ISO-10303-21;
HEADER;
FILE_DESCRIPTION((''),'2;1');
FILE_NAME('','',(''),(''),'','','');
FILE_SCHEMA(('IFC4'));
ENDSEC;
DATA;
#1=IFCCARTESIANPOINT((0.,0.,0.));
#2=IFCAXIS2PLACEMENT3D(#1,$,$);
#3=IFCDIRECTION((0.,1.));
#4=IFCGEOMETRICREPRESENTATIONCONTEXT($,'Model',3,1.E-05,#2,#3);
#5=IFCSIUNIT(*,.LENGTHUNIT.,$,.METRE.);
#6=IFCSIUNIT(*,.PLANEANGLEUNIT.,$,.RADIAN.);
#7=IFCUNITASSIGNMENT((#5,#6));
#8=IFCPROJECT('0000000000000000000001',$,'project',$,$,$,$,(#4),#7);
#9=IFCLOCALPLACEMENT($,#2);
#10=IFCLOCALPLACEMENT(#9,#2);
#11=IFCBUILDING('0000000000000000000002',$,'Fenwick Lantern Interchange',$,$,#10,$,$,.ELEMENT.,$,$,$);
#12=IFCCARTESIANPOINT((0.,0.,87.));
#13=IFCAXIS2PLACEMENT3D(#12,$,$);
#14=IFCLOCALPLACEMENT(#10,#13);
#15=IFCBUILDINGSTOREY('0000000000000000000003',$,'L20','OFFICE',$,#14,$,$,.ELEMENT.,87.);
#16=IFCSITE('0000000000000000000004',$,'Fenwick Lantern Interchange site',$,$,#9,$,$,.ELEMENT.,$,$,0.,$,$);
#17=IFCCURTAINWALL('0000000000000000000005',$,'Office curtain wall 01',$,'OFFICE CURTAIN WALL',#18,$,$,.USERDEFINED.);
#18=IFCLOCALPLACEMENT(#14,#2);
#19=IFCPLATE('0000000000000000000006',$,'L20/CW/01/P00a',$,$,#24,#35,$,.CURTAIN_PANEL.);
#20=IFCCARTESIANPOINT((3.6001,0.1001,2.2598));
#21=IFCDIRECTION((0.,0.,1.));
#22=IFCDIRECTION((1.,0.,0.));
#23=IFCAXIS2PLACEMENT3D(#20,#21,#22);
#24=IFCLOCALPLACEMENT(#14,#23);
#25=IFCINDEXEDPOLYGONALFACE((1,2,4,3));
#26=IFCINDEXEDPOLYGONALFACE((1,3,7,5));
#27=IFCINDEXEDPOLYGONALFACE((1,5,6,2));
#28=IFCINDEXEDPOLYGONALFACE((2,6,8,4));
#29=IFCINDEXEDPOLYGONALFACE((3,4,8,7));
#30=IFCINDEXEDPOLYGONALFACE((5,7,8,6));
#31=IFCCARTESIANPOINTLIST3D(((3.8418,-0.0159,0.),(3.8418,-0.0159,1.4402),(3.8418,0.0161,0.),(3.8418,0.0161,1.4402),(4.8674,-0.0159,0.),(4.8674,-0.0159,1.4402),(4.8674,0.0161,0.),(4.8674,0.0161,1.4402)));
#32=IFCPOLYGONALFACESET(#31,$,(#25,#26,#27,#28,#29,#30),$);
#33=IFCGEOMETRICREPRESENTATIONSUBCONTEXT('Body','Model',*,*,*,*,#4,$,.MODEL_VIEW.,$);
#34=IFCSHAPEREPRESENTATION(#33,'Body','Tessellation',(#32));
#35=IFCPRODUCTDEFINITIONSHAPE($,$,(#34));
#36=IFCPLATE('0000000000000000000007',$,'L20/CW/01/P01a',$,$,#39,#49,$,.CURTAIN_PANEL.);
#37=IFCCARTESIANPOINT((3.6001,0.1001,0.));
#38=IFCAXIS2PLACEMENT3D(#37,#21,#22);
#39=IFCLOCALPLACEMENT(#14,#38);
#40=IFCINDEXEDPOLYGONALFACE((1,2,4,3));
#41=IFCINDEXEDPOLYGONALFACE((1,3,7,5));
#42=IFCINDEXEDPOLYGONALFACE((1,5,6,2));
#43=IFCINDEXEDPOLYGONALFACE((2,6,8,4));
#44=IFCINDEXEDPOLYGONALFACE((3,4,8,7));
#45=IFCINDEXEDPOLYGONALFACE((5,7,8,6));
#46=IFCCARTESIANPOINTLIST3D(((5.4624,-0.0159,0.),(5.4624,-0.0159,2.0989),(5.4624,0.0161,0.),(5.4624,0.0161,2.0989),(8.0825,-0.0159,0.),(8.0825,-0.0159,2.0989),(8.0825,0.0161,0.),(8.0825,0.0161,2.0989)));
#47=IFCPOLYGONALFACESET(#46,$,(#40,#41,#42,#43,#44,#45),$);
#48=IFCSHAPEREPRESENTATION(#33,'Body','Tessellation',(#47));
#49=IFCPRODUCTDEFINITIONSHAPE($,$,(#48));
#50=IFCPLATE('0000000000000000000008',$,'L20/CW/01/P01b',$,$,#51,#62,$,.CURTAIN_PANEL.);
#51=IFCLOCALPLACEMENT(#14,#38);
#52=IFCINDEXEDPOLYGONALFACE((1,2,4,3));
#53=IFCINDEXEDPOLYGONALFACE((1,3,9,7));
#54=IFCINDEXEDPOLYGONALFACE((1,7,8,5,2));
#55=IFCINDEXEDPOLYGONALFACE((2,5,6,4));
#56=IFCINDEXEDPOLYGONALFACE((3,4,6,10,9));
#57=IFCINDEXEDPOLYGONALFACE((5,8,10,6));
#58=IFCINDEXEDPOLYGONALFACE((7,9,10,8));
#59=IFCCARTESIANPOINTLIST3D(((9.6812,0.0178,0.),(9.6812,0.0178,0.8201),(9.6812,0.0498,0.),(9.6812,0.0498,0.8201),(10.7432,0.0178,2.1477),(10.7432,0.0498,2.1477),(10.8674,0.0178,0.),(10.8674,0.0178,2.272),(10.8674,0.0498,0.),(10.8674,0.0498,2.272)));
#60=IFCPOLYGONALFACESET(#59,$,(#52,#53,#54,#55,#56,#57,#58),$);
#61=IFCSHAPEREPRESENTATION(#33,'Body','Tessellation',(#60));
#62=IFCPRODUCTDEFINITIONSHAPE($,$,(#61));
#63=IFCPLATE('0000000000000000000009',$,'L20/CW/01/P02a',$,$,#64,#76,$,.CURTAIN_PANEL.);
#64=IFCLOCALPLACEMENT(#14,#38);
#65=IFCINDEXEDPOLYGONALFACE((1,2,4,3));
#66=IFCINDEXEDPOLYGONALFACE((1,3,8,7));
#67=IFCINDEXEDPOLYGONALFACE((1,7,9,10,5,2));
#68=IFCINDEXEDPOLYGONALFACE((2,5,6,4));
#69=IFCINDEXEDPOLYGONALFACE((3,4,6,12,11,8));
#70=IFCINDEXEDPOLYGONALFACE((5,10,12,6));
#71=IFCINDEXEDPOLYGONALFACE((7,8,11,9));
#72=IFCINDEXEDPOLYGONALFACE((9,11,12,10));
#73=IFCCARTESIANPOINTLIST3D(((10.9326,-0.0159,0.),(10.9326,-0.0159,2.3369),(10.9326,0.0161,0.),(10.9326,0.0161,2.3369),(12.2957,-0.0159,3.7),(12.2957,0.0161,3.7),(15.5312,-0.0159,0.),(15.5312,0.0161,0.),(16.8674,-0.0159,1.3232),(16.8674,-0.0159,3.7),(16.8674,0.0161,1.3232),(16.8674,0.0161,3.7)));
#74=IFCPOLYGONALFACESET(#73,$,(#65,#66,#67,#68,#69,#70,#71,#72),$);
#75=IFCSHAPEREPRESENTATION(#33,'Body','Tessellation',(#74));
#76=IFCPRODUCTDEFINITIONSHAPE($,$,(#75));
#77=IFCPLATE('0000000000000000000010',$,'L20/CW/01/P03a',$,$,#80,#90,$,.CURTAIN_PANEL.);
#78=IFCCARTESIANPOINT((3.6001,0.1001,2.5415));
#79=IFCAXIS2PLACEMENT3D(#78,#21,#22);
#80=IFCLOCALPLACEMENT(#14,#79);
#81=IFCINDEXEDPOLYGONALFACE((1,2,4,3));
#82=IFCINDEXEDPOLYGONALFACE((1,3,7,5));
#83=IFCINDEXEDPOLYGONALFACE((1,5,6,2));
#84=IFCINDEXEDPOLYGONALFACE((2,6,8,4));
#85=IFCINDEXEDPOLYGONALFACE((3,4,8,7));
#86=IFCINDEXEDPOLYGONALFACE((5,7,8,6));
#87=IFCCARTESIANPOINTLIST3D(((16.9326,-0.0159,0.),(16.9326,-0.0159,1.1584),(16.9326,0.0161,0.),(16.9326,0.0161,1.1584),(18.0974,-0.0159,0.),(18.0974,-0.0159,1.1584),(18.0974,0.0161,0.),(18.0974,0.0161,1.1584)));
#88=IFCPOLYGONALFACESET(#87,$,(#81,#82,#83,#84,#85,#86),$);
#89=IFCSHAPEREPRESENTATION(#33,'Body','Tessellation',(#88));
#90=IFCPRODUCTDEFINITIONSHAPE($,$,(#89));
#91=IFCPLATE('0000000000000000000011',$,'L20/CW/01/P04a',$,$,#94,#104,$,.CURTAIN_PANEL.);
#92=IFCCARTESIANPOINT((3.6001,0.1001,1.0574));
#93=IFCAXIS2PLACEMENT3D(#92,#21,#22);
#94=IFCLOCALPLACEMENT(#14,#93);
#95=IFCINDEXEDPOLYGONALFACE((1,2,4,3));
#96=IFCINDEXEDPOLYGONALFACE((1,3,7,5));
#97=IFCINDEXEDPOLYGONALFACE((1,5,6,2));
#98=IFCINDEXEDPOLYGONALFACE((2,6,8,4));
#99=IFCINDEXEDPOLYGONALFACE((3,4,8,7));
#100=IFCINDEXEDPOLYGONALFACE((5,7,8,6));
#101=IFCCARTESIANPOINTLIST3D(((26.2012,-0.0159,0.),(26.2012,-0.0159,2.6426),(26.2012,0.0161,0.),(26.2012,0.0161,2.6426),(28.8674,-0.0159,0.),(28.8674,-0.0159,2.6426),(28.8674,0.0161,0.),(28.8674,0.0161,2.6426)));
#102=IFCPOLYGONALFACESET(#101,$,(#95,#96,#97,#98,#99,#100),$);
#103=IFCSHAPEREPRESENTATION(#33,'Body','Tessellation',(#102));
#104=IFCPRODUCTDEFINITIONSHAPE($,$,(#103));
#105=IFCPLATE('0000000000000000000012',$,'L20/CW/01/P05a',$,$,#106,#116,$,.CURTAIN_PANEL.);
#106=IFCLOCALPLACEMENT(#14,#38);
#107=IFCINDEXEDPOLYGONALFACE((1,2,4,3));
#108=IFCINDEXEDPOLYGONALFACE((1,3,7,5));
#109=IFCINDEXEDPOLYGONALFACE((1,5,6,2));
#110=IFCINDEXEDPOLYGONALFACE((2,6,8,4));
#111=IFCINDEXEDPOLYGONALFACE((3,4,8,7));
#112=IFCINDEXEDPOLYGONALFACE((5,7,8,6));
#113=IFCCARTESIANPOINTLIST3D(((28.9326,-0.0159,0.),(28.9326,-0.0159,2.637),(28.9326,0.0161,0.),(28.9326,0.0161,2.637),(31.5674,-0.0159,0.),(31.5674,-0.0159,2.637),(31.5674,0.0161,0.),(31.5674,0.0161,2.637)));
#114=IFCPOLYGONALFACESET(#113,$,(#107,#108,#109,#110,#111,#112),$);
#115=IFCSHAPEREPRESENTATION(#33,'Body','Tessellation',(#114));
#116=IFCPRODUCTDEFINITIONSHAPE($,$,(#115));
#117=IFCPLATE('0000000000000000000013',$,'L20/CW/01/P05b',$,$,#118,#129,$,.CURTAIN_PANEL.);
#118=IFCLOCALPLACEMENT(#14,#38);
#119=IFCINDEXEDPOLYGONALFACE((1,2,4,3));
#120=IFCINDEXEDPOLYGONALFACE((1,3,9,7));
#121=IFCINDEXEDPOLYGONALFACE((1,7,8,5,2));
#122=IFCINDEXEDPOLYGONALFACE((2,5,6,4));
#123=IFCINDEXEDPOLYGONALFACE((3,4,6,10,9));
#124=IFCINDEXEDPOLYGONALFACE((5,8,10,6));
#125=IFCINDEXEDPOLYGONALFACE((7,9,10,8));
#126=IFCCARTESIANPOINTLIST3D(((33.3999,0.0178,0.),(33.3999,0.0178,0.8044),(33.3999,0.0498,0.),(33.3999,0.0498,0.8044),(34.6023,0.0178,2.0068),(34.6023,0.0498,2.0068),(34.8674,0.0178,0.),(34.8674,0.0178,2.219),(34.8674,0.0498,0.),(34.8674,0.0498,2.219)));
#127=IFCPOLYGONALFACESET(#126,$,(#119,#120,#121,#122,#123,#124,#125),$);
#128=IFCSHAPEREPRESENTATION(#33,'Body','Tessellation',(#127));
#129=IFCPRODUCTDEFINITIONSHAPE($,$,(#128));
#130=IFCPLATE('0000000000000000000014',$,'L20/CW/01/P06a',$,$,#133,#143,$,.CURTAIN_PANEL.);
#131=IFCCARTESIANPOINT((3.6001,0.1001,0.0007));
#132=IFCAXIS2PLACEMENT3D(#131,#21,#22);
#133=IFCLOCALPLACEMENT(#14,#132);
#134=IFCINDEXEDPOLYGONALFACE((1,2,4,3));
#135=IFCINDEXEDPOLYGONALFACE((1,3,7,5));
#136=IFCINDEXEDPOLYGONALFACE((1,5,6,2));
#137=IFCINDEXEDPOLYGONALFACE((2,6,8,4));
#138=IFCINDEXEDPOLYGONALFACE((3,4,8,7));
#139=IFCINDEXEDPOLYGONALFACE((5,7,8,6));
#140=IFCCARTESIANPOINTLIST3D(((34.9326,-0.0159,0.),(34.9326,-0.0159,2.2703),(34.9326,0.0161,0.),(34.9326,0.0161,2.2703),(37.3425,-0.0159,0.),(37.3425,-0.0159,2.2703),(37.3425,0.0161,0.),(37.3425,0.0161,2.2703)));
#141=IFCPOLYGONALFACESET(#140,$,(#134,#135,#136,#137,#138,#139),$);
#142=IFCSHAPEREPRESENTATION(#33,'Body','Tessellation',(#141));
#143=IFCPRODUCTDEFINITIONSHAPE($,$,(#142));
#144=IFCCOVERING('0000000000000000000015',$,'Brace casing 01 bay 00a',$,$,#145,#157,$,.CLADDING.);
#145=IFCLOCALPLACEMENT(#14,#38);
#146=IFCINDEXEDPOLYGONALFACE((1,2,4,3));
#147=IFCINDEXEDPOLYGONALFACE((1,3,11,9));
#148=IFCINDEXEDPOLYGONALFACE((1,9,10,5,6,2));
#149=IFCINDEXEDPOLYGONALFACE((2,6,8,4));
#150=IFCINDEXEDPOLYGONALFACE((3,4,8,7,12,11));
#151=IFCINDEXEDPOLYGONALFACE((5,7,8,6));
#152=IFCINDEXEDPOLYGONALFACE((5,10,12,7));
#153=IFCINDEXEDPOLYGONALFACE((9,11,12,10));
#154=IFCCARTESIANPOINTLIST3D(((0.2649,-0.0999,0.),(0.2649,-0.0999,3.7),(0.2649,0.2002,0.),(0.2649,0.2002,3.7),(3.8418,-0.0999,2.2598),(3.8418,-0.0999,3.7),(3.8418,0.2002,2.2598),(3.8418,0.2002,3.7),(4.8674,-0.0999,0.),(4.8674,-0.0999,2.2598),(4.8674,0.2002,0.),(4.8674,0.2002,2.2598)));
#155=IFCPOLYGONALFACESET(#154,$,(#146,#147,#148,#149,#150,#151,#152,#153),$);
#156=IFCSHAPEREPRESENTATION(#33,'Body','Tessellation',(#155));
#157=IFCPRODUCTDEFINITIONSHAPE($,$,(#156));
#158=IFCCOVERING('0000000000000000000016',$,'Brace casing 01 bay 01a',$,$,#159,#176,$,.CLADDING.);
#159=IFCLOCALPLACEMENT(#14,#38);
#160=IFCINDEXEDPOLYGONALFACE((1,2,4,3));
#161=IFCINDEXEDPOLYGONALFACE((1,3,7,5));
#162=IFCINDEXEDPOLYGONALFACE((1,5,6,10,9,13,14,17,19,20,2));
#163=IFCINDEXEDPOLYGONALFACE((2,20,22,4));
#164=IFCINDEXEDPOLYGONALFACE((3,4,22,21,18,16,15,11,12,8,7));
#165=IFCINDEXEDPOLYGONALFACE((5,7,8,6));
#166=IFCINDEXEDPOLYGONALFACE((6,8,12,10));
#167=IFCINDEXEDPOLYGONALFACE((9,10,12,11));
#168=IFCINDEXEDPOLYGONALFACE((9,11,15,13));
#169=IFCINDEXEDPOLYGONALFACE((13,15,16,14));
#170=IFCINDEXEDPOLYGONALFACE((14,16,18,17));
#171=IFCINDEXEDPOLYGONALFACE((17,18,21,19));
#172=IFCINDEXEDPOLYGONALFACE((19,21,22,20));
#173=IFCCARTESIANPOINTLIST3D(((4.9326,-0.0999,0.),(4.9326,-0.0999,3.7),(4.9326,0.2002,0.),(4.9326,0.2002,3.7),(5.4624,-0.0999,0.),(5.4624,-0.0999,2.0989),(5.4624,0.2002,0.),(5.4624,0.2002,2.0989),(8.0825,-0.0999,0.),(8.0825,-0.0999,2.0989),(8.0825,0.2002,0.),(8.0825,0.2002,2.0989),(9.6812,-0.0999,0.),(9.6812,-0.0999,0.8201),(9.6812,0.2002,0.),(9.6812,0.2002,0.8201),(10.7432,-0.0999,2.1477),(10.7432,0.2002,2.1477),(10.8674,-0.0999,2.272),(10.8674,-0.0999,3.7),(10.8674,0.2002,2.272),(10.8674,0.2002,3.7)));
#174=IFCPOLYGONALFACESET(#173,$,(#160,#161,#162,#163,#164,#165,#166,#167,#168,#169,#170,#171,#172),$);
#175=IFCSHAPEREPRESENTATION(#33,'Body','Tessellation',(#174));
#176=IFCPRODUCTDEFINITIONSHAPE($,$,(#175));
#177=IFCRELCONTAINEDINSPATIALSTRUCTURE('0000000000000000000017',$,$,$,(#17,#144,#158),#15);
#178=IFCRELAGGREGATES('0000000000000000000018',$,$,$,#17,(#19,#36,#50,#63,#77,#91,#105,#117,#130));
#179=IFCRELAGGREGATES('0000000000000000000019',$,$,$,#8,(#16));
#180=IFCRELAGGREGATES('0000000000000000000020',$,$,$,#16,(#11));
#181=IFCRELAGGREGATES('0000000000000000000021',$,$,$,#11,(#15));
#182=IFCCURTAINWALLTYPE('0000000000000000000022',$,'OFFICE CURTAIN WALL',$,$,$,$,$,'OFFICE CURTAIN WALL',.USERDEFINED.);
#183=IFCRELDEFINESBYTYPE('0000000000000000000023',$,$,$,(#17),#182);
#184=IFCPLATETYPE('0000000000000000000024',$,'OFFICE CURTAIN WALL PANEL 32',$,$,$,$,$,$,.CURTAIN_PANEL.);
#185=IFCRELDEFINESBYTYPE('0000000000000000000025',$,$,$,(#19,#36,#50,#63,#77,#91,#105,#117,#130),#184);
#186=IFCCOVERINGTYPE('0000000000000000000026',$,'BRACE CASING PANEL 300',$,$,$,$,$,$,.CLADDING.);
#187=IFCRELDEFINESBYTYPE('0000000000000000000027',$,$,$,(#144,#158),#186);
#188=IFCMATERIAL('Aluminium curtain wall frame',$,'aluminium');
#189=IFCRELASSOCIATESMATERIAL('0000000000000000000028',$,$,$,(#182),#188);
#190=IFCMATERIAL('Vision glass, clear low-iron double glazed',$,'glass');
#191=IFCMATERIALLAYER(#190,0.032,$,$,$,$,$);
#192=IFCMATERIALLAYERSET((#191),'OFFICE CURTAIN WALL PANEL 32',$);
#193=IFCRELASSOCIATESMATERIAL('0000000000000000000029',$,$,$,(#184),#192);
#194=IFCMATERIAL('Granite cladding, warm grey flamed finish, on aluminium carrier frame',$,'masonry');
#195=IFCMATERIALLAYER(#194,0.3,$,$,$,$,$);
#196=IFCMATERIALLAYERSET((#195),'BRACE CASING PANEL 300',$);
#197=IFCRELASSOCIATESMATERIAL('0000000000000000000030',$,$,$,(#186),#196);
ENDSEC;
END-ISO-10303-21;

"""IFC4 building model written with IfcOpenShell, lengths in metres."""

from ifc_helpers import new_model, si_unit, direction, frame, origin, place, context, subcontext, project, spatial, polyline, outline, extrude, material, layer, layer_set, type_object, element, aggregate, save


model = new_model("IFC4")

# Units and contexts
model_context = context("Model", 3, precision=1e-05, world=origin(), true_north=direction((0.0, 1.0)))
body_context = subcontext(model_context, "Body", "Model", "MODEL_VIEW")
ifc_project = project(units=[si_unit("LENGTHUNIT", "METRE"), si_unit("PLANEANGLEUNIT", "RADIAN")], contexts=[model_context])

# Site, building, storey
site_placement = place(None, origin())
site = spatial("IfcSite", under=ifc_project, at=site_placement, Name="Fenwick Lantern Interchange site", CompositionType="ELEMENT", RefElevation=0.0)
building_placement = place(site_placement, origin())
building = spatial("IfcBuilding", under=site, at=building_placement, Name="Fenwick Lantern Interchange", CompositionType="ELEMENT")
storey_placement = place(building_placement, frame((0.0, 0.0, 87.0)))
storey = spatial("IfcBuildingStorey", under=building, at=storey_placement, Name="L20", Description="OFFICE", CompositionType="ELEMENT", Elevation=87.0)

# Curtain wall
ifc_material_1 = material(Name="Aluminium curtain wall frame", Category="aluminium")
curtain_wall_type = type_object("IfcCurtainWallType", Name="OFFICE CURTAIN WALL", ElementType="OFFICE CURTAIN WALL", PredefinedType="USERDEFINED", material=ifc_material_1)
curtain_wall_1_placement = place(storey_placement, origin())
curtain_wall_1 = element("IfcCurtainWall", 1, at=curtain_wall_1_placement, inside=storey, type_object=curtain_wall_type, Name="Office curtain wall 01", ObjectType="OFFICE CURTAIN WALL", PredefinedType="USERDEFINED")

# Plates
ifc_material_2 = material(Name="Vision glass, clear low-iron double glazed", Category="glass")
ifc_layer_1 = layer(ifc_material_2, 0.032)
ifc_layer_set_1 = layer_set([ifc_layer_1], Name="OFFICE CURTAIN WALL PANEL 32")
plate_type = type_object("IfcPlateType", Name="OFFICE CURTAIN WALL PANEL 32", PredefinedType="CURTAIN_PANEL", material=ifc_layer_set_1)
plate_1_placement = place(storey_placement, frame((3.6001, 0.1001, 2.2598), z_axis=(0.0, 0.0, 1.0), x_axis=(1.0, 0.0, 0.0)))
plate_1 = element("IfcPlate", 2, at=plate_1_placement, type_object=plate_type, Name="L20/CW/01/P00a", PredefinedType="CURTAIN_PANEL", context=body_context, shape_type="SweptSolid", body=[
    extrude(outline(polyline([(3.8418, 0.0), (4.8674, 0.0), (4.8674, 1.4402), (3.8418, 1.4402), (3.8418, 0.0)])), frame((0.0, 0.0161, 0.0), z_axis=(0.0, -1.0, 0.0), x_axis=(1.0, 0.0, 0.0)), (0.0, 0.0, 1.0), 0.032),
])
plate_2_placement = place(storey_placement, frame((3.6001, 0.1001, 0.0), z_axis=(0.0, 0.0, 1.0), x_axis=(1.0, 0.0, 0.0)))
plate_2 = element("IfcPlate", 3, at=plate_2_placement, type_object=plate_type, Name="L20/CW/01/P01a", PredefinedType="CURTAIN_PANEL", context=body_context, shape_type="SweptSolid", body=[
    extrude(outline(polyline([(5.4624, 0.0), (8.0825, 0.0), (8.0825, 2.0989), (5.4624, 2.0989), (5.4624, 0.0)])), frame((0.0, 0.0161, 0.0), z_axis=(0.0, -1.0, 0.0), x_axis=(1.0, 0.0, 0.0)), (0.0, 0.0, 1.0), 0.032),
])
plate_3_placement = place(storey_placement, frame((3.6001, 0.1001, 0.0), z_axis=(0.0, 0.0, 1.0), x_axis=(1.0, 0.0, 0.0)))
plate_3 = element("IfcPlate", 4, at=plate_3_placement, type_object=plate_type, Name="L20/CW/01/P01b", PredefinedType="CURTAIN_PANEL", context=body_context, shape_type="SweptSolid", body=[
    extrude(outline(polyline([(9.6812, 0.0), (10.8674, 0.0), (10.8674, 2.272), (10.7432, 2.1477), (9.6812, 0.8201), (9.6812, 0.0)])), frame((0.0, 0.0498, 0.0), z_axis=(0.0, -1.0, 0.0), x_axis=(1.0, 0.0, 0.0)), (0.0, 0.0, 1.0), 0.032),
])
plate_4_placement = place(storey_placement, frame((3.6001, 0.1001, 0.0), z_axis=(0.0, 0.0, 1.0), x_axis=(1.0, 0.0, 0.0)))
plate_4 = element("IfcPlate", 5, at=plate_4_placement, type_object=plate_type, Name="L20/CW/01/P02a", PredefinedType="CURTAIN_PANEL", context=body_context, shape_type="SweptSolid", body=[
    extrude(outline(polyline([(10.9326, 0.0), (15.5312, 0.0), (16.8674, 1.3232), (16.8674, 3.7), (12.2957, 3.7), (10.9326, 2.3369), (10.9326, 0.0)])), frame((0.0, 0.0161, 0.0), z_axis=(0.0, -1.0, 0.0), x_axis=(1.0, 0.0, 0.0)), (0.0, 0.0, 1.0), 0.032),
])
plate_5_placement = place(storey_placement, frame((3.6001, 0.1001, 2.5415), z_axis=(0.0, 0.0, 1.0), x_axis=(1.0, 0.0, 0.0)))
plate_5 = element("IfcPlate", 6, at=plate_5_placement, type_object=plate_type, Name="L20/CW/01/P03a", PredefinedType="CURTAIN_PANEL", context=body_context, shape_type="SweptSolid", body=[
    extrude(outline(polyline([(16.9326, 0.0), (18.0974, 0.0), (18.0974, 1.1584), (16.9326, 1.1584), (16.9326, 0.0)])), frame((0.0, 0.0161, 0.0), z_axis=(0.0, -1.0, 0.0), x_axis=(1.0, 0.0, 0.0)), (0.0, 0.0, 1.0), 0.032),
])
plate_6_placement = place(storey_placement, frame((3.6001, 0.1001, 1.0574), z_axis=(0.0, 0.0, 1.0), x_axis=(1.0, 0.0, 0.0)))
plate_6 = element("IfcPlate", 7, at=plate_6_placement, type_object=plate_type, Name="L20/CW/01/P04a", PredefinedType="CURTAIN_PANEL", context=body_context, shape_type="SweptSolid", body=[
    extrude(outline(polyline([(26.2012, 0.0), (28.8674, 0.0), (28.8674, 2.6426), (26.2012, 2.6426), (26.2012, 0.0)])), frame((0.0, 0.0161, 0.0), z_axis=(0.0, -1.0, 0.0), x_axis=(1.0, 0.0, 0.0)), (0.0, 0.0, 1.0), 0.032),
])
plate_7_placement = place(storey_placement, frame((3.6001, 0.1001, 0.0), z_axis=(0.0, 0.0, 1.0), x_axis=(1.0, 0.0, 0.0)))
plate_7 = element("IfcPlate", 8, at=plate_7_placement, type_object=plate_type, Name="L20/CW/01/P05a", PredefinedType="CURTAIN_PANEL", context=body_context, shape_type="SweptSolid", body=[
    extrude(outline(polyline([(28.9326, 0.0), (31.5674, 0.0), (31.5674, 2.637), (28.9326, 2.637), (28.9326, 0.0)])), frame((0.0, 0.0161, 0.0), z_axis=(0.0, -1.0, 0.0), x_axis=(1.0, 0.0, 0.0)), (0.0, 0.0, 1.0), 0.032),
])
plate_8_placement = place(storey_placement, frame((3.6001, 0.1001, 0.0), z_axis=(0.0, 0.0, 1.0), x_axis=(1.0, 0.0, 0.0)))
plate_8 = element("IfcPlate", 9, at=plate_8_placement, type_object=plate_type, Name="L20/CW/01/P05b", PredefinedType="CURTAIN_PANEL", context=body_context, shape_type="SweptSolid", body=[
    extrude(outline(polyline([(33.3999, 0.0), (34.8674, 0.0), (34.8674, 2.219), (34.6023, 2.0068), (33.3999, 0.8044), (33.3999, 0.0)])), frame((0.0, 0.0498, 0.0), z_axis=(0.0, -1.0, 0.0), x_axis=(1.0, 0.0, 0.0)), (0.0, 0.0, 1.0), 0.032),
])
plate_9_placement = place(storey_placement, frame((3.6001, 0.1001, 0.0007), z_axis=(0.0, 0.0, 1.0), x_axis=(1.0, 0.0, 0.0)))
plate_9 = element("IfcPlate", 10, at=plate_9_placement, type_object=plate_type, Name="L20/CW/01/P06a", PredefinedType="CURTAIN_PANEL", context=body_context, shape_type="SweptSolid", body=[
    extrude(outline(polyline([(34.9326, 0.0), (37.3425, 0.0), (37.3425, 2.2703), (34.9326, 2.2703), (34.9326, 0.0)])), frame((0.0, 0.0161, 0.0), z_axis=(0.0, -1.0, 0.0), x_axis=(1.0, 0.0, 0.0)), (0.0, 0.0, 1.0), 0.032),
])
aggregate(curtain_wall_1, [plate_1, plate_2, plate_3, plate_4, plate_5, plate_6, plate_7, plate_8, plate_9])

# Coverings
ifc_material_3 = material(Name="Granite cladding, warm grey flamed finish, on aluminium carrier frame", Category="masonry")
ifc_layer_2 = layer(ifc_material_3, 0.3)
ifc_layer_set_2 = layer_set([ifc_layer_2], Name="BRACE CASING PANEL 300")
covering_type_1 = type_object("IfcCoveringType", Name="BRACE CASING PANEL 300", PredefinedType="CLADDING", material=ifc_layer_set_2)
covering_1_placement = place(storey_placement, frame((3.6001, 0.1001, 0.0), z_axis=(0.0, 0.0, 1.0), x_axis=(1.0, 0.0, 0.0)))
element("IfcCovering", 11, at=covering_1_placement, inside=storey, type_object=covering_type_1, Name="Brace casing 01 bay 00a", PredefinedType="CLADDING", context=body_context, shape_type="SweptSolid", body=[
    extrude(outline(polyline([(0.2649, 0.0), (4.8674, 0.0), (4.8674, 2.2598), (3.8418, 2.2598), (3.8418, 3.7), (0.2649, 3.7), (0.2649, 0.0)])), frame((0.0, 0.2002, 0.0), z_axis=(0.0, -1.0, 0.0), x_axis=(1.0, 0.0, 0.0)), (0.0, 0.0, 1.0), 0.3),
])
covering_2_placement = place(storey_placement, frame((3.6001, 0.1001, 0.0), z_axis=(0.0, 0.0, 1.0), x_axis=(1.0, 0.0, 0.0)))
element("IfcCovering", 12, at=covering_2_placement, inside=storey, type_object=covering_type_1, Name="Brace casing 01 bay 01a", PredefinedType="CLADDING", context=body_context, shape_type="SweptSolid", body=[
    extrude(outline(polyline([(4.9326, 0.0), (5.4624, 0.0), (5.4624, 2.0989), (8.0825, 2.0989), (8.0825, 0.0), (9.6812, 0.0), (9.6812, 0.8201), (10.7432, 2.1477), (10.8674, 2.272), (10.8674, 3.7), (4.9326, 3.7), (4.9326, 0.0)])), frame((0.0, 0.2002, 0.0), z_axis=(0.0, -1.0, 0.0), x_axis=(1.0, 0.0, 0.0)), (0.0, 0.0, 1.0), 0.3),
])

save(model, "model.ifc")
